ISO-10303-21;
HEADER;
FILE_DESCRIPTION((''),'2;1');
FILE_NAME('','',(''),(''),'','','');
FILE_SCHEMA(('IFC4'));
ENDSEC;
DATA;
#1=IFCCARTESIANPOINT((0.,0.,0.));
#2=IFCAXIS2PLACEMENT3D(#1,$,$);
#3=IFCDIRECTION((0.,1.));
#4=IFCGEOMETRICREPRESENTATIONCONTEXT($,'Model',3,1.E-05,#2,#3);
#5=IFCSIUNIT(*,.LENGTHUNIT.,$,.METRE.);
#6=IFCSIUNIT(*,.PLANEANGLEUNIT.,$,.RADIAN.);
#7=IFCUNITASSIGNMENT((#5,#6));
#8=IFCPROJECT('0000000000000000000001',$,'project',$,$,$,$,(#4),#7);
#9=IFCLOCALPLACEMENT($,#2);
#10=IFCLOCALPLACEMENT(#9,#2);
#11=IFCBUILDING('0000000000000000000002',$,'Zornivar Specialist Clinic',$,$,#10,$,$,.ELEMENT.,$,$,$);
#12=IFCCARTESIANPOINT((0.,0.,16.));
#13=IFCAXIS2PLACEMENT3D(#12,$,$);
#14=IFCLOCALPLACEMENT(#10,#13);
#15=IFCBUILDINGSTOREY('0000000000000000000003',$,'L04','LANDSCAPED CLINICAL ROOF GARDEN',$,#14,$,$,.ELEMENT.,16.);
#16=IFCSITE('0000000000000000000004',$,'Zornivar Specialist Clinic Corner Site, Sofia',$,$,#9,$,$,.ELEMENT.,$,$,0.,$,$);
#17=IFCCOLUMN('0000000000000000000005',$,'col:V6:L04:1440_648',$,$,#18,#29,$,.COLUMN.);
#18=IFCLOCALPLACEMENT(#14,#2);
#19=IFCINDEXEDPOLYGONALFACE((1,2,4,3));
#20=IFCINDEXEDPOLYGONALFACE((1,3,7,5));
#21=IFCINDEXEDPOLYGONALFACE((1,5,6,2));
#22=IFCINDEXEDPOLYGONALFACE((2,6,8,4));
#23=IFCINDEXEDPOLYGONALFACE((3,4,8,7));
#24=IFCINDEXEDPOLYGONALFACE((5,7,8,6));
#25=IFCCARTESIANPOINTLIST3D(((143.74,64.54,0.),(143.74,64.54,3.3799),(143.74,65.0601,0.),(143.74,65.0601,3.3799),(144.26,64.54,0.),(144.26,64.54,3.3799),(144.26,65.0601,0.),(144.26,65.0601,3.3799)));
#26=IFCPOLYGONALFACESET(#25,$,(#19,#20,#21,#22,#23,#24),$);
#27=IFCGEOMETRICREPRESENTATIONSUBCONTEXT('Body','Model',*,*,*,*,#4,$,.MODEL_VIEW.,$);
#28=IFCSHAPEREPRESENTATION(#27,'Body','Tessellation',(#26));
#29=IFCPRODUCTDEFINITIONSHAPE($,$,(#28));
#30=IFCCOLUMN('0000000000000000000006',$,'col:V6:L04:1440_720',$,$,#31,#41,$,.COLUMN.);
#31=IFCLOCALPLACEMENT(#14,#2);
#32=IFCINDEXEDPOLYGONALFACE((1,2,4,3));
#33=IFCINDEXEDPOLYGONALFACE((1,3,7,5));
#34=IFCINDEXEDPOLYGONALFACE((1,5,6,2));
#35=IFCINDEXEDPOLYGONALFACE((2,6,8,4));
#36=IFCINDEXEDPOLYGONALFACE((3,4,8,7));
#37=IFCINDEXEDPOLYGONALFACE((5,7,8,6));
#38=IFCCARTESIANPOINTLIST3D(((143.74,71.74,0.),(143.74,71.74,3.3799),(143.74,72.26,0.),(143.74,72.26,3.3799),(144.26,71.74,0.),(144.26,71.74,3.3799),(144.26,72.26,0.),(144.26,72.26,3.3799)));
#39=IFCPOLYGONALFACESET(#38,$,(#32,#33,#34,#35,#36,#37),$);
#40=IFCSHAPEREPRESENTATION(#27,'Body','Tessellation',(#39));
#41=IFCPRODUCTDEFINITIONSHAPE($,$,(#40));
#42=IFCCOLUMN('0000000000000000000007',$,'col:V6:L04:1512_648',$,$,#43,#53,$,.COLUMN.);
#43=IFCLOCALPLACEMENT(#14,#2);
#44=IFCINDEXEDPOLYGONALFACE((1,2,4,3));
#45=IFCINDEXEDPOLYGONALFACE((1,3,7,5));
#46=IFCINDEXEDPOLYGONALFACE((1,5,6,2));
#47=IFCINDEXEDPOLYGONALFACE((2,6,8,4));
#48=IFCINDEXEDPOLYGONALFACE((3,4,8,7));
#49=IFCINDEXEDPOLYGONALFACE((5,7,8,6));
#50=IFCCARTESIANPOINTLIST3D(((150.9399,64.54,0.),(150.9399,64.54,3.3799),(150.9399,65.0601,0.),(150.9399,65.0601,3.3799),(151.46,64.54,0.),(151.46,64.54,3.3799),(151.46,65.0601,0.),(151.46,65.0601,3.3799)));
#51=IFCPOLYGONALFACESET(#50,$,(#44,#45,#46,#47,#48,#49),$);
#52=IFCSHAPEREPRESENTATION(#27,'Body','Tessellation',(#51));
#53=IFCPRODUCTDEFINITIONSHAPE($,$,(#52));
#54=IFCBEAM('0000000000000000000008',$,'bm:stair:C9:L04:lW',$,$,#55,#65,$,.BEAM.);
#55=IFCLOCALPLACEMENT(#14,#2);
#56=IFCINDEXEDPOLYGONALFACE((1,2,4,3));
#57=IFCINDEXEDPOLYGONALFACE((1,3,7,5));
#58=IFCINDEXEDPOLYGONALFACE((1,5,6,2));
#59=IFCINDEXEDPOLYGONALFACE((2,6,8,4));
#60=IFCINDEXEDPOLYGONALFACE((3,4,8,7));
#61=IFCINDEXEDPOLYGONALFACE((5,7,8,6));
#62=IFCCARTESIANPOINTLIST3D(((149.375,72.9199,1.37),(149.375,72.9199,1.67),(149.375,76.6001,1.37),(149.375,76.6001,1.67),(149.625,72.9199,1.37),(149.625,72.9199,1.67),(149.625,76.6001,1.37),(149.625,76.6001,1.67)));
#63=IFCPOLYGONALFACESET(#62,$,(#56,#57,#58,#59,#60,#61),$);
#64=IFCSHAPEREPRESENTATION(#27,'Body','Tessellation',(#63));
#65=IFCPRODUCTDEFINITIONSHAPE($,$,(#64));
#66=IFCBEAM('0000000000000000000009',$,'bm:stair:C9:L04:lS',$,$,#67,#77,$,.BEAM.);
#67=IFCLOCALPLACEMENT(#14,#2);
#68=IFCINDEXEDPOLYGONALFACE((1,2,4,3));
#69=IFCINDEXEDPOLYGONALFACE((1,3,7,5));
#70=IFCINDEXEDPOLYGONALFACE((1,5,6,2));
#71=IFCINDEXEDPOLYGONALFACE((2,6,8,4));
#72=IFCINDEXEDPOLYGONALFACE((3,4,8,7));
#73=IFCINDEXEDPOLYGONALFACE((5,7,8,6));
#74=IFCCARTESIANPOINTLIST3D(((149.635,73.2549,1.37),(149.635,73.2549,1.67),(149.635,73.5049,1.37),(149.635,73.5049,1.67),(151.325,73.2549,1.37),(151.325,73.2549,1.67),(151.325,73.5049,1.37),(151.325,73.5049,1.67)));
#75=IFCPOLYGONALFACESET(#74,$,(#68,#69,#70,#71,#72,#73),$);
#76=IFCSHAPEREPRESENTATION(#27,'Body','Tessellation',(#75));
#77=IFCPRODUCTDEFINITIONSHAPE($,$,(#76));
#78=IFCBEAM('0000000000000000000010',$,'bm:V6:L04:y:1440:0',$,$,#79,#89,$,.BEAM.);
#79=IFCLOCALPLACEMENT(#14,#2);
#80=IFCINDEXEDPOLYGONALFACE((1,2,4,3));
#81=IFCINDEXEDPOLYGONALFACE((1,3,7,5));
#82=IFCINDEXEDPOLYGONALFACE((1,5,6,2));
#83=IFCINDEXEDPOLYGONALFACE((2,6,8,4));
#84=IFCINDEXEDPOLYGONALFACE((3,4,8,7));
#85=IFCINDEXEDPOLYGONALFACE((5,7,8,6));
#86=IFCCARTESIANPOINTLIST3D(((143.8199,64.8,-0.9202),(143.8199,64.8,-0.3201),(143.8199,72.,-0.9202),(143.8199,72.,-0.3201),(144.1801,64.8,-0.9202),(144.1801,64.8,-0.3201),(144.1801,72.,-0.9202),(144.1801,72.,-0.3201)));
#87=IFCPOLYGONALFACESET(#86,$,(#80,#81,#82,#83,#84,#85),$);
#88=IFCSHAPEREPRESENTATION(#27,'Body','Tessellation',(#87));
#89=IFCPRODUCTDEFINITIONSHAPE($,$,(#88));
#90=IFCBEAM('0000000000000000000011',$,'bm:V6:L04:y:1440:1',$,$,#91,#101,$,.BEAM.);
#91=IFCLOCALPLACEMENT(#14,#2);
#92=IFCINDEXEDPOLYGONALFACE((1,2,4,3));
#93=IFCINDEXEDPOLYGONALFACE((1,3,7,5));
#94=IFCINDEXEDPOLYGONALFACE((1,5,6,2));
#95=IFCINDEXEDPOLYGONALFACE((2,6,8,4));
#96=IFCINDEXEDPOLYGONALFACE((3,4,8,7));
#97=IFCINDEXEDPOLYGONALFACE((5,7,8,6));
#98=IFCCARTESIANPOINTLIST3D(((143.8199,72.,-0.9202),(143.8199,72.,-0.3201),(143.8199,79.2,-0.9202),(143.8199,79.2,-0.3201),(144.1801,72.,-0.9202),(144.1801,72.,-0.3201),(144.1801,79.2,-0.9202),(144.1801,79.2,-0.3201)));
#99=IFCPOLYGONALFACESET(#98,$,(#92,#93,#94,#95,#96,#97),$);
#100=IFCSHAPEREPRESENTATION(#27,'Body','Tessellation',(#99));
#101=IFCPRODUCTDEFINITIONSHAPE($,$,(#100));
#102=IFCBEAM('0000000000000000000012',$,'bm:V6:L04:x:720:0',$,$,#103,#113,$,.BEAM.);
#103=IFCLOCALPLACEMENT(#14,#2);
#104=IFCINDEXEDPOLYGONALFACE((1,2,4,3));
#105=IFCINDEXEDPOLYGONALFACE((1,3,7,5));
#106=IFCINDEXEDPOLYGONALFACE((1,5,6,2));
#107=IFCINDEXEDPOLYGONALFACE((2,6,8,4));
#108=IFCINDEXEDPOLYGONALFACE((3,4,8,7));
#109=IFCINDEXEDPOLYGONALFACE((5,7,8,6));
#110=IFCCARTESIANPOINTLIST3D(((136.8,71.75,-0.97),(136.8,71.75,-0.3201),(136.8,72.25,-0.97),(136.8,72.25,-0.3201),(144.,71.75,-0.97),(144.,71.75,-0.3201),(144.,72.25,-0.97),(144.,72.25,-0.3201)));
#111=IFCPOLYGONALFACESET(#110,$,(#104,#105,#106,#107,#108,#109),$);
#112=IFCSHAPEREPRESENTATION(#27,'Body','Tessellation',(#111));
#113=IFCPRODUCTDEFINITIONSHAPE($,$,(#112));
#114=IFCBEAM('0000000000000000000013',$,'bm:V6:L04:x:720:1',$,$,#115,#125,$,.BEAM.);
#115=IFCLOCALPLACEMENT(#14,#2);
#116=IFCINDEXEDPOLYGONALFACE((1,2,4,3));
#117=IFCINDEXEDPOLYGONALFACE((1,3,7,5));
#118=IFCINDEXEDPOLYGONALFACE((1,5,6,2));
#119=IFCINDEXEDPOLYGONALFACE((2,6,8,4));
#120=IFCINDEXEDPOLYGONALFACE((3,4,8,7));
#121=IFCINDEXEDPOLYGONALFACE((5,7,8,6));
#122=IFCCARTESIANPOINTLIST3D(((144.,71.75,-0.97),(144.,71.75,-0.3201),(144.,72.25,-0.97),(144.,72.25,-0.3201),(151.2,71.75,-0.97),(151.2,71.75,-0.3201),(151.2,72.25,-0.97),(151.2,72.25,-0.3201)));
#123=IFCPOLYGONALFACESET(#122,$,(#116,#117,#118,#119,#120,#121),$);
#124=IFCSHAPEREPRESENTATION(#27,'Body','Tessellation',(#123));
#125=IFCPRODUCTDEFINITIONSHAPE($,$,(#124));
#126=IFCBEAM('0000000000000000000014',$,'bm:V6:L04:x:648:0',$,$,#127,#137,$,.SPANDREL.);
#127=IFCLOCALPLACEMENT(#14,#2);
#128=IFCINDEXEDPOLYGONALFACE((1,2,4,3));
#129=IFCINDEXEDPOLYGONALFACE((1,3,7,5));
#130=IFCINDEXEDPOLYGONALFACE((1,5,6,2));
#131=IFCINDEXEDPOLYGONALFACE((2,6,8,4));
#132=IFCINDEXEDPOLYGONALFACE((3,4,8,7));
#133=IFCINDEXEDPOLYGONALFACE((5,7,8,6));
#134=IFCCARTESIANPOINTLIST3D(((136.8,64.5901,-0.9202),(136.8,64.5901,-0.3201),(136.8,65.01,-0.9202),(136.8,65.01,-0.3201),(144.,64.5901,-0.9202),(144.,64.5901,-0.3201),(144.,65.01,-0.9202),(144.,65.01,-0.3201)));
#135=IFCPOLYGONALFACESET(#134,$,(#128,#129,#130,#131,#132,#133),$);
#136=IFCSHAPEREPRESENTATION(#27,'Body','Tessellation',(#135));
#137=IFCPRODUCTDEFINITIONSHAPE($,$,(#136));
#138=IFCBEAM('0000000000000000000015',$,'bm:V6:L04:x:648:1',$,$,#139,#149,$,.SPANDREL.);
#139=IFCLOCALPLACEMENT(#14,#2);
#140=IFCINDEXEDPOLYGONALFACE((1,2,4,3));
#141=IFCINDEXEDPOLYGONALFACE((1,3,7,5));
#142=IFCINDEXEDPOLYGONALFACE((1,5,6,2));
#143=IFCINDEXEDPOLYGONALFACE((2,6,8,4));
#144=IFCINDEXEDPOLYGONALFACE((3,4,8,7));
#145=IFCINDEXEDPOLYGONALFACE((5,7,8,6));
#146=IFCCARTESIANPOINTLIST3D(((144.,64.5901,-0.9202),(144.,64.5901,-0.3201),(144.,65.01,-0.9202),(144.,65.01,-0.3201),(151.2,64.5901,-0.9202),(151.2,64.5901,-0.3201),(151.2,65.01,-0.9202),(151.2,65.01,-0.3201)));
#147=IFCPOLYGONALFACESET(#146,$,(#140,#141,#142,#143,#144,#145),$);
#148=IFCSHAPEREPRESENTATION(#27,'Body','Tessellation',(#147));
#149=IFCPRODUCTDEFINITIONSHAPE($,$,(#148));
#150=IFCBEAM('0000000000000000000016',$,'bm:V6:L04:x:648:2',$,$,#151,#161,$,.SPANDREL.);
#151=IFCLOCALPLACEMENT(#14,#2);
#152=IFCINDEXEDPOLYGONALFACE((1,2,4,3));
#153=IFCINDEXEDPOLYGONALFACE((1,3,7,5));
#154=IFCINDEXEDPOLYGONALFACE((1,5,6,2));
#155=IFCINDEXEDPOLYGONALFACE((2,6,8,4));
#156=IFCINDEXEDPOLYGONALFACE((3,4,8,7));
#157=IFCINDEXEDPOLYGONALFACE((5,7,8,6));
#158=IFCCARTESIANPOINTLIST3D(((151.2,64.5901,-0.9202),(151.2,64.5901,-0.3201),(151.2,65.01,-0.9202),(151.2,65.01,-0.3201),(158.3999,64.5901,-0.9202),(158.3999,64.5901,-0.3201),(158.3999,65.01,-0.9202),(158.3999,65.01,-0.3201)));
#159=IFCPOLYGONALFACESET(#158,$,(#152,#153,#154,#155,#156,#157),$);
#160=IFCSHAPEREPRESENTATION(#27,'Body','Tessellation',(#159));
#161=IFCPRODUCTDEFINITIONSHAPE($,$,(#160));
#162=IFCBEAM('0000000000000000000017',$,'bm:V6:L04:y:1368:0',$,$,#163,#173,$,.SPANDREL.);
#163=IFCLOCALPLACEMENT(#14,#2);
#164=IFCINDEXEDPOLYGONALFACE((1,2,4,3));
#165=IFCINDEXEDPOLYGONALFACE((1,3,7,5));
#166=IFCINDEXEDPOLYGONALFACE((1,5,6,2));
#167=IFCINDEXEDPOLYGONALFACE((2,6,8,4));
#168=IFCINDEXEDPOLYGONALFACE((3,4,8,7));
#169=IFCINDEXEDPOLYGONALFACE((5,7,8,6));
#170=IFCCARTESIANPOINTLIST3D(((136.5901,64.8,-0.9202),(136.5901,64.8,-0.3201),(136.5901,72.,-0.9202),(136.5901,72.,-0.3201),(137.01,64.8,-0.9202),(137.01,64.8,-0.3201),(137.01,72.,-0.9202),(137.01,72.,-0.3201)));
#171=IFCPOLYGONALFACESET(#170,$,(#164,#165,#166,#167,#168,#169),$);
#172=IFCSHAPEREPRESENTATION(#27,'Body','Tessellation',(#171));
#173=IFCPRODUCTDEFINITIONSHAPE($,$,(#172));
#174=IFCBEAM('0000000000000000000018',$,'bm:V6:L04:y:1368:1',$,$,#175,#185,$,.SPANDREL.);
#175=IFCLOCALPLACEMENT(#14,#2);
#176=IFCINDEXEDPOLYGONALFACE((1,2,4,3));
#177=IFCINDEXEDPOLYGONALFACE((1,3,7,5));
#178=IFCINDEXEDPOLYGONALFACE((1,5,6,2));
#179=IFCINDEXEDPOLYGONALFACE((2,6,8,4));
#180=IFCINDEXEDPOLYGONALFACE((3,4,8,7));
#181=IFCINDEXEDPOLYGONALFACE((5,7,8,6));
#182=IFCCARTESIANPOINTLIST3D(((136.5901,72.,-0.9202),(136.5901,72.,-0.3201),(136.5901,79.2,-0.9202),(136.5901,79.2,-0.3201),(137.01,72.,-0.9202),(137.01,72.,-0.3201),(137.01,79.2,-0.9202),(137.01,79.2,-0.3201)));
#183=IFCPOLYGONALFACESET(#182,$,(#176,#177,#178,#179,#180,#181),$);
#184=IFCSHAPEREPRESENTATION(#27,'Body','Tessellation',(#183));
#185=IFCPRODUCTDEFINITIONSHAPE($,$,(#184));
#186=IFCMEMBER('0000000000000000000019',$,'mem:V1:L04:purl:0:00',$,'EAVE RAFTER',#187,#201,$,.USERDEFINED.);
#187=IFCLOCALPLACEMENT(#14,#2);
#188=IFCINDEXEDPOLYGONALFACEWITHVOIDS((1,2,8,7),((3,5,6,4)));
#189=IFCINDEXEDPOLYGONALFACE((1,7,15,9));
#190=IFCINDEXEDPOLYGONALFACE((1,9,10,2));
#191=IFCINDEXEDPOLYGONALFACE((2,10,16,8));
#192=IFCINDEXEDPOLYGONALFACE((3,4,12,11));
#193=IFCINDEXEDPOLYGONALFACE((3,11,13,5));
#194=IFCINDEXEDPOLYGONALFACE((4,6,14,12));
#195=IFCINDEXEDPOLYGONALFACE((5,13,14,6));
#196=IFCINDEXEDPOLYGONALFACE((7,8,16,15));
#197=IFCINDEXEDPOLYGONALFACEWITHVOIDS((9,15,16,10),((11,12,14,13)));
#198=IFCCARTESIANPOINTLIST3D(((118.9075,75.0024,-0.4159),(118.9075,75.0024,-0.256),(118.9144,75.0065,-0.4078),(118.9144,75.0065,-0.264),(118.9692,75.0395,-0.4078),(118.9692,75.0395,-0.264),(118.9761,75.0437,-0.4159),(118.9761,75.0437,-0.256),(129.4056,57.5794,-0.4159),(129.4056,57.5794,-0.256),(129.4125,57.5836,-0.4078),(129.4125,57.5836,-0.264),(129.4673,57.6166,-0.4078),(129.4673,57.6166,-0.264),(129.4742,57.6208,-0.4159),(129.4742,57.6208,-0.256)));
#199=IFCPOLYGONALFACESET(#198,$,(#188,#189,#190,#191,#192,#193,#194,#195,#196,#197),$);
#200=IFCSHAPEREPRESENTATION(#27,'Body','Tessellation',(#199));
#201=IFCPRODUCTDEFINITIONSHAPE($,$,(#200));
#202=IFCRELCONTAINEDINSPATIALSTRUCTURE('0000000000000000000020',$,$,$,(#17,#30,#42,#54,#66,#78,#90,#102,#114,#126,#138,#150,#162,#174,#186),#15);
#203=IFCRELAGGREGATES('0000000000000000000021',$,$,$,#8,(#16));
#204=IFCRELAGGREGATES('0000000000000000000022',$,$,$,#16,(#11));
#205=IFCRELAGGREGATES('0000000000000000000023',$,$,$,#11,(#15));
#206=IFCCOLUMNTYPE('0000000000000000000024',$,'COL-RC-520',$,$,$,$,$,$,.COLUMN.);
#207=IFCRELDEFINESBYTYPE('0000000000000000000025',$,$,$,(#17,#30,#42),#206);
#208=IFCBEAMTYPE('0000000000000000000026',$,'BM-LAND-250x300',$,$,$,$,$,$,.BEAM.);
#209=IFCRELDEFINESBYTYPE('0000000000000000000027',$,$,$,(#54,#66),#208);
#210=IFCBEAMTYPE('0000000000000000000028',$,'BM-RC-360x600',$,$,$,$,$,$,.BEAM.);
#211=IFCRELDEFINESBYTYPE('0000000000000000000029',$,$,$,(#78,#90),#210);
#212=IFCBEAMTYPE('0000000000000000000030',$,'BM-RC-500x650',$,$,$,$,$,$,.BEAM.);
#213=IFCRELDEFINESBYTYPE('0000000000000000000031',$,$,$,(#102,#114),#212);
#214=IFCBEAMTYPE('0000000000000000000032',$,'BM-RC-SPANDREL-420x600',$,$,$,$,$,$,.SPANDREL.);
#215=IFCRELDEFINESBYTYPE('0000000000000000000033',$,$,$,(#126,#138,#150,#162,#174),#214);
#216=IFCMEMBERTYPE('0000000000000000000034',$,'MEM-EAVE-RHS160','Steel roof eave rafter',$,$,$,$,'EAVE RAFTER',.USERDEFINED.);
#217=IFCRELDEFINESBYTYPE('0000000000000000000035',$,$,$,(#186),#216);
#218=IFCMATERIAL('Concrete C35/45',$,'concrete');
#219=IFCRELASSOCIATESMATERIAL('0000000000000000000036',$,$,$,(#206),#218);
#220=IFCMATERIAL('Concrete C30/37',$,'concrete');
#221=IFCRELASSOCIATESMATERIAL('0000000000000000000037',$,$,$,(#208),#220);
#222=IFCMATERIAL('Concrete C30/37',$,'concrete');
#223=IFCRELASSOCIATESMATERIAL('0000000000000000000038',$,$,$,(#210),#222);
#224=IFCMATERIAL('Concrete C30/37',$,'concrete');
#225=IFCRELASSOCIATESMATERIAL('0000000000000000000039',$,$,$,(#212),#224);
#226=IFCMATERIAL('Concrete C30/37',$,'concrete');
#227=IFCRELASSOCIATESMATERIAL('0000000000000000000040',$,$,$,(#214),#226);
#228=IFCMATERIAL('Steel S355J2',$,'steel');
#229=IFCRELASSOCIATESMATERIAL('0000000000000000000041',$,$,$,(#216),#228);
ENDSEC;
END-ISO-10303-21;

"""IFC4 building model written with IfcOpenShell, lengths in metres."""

from ifc_helpers import new_model, si_unit, direction, frame, origin, origin_2d, place, context, subcontext, project, spatial, rectangle, hollow_rectangle, extrude, material, material_profile, profile_set, type_object, element, save


model = new_model("IFC4")

# Units and contexts
model_context = context("Model", 3, precision=1e-05, world=origin(), true_north=direction((0.0, 1.0)))
body_context = subcontext(model_context, "Body", "Model", "MODEL_VIEW")
ifc_project = project(units=[si_unit("LENGTHUNIT", "METRE"), si_unit("PLANEANGLEUNIT", "RADIAN")], contexts=[model_context])

# Site, building, storey
site_placement = place(None, origin())
site = spatial("IfcSite", under=ifc_project, at=site_placement, Name="Zornivar Specialist Clinic Corner Site, Sofia", CompositionType="ELEMENT", RefElevation=0.0)
building_placement = place(site_placement, origin())
building = spatial("IfcBuilding", under=site, at=building_placement, Name="Zornivar Specialist Clinic", CompositionType="ELEMENT")
storey_placement = place(building_placement, frame((0.0, 0.0, 16.0)))
storey = spatial("IfcBuildingStorey", under=building, at=storey_placement, Name="L04", Description="LANDSCAPED CLINICAL ROOF GARDEN", CompositionType="ELEMENT", Elevation=16.0)

# Columns
ifc_material_1 = material(Name="Concrete C35/45", Category="concrete")
ifc_material_profile_1 = material_profile(ifc_material_1, rectangle(XDim=0.52, YDim=0.52, at=origin_2d()), Name="RC 520x520")
ifc_profile_set_1 = profile_set([ifc_material_profile_1], Name="Concrete C35/45")
column_type = type_object("IfcColumnType", Name="COL-RC-520", PredefinedType="COLUMN", material=ifc_profile_set_1)
for number, where, z_axis, x_axis, name in (
    (1, (144.0, 64.8, 0.0), (0.0, 0.0, 1.0), (1.0, 0.0, 0.0), "col:V6:L04:1440_648"),
    (2, (144.0, 72.0, 0.0), (0.0, 0.0, 1.0), (1.0, 0.0, 0.0), "col:V6:L04:1440_720"),
    (3, (151.2, 64.8, 0.0), (0.0, 0.0, 1.0), (1.0, 0.0, 0.0), "col:V6:L04:1512_648"),
):
    element("IfcColumn", number, at=place(storey_placement, frame(where, z_axis=z_axis, x_axis=x_axis)), inside=storey, type_object=column_type, Name=name, PredefinedType="COLUMN", context=body_context, shape_type="SweptSolid", body=[
        extrude(rectangle(XDim=0.52, YDim=0.52, at=origin_2d()), origin(), (0.0, 0.0, 1.0), 3.3799),
    ])

# Beams
ifc_material_2 = material(Name="Concrete C30/37", Category="concrete")
ifc_material_profile_2 = material_profile(ifc_material_2, rectangle(XDim=0.25, YDim=0.3, at=origin_2d()), Name="RC 250x300")
ifc_profile_set_2 = profile_set([ifc_material_profile_2], Name="Concrete C30/37")
beam_type_1 = type_object("IfcBeamType", Name="BM-LAND-250x300", PredefinedType="BEAM", material=ifc_profile_set_2)
beam_1_placement = place(storey_placement, frame((149.5, 72.9199, 1.52), z_axis=(0.0, 1.0, 0.0), x_axis=(-1.0, 0.0, 0.0)))
element("IfcBeam", 4, at=beam_1_placement, inside=storey, type_object=beam_type_1, Name="bm:stair:C9:L04:lW", PredefinedType="BEAM", context=body_context, shape_type="SweptSolid", body=[
    extrude(rectangle(XDim=0.25, YDim=0.3, at=origin_2d()), origin(), (0.0, 0.0, 1.0), 3.6802),
])
beam_2_placement = place(storey_placement, frame((149.635, 73.3799, 1.52), z_axis=(1.0, 0.0, 0.0), x_axis=(0.0, 1.0, 0.0)))
element("IfcBeam", 5, at=beam_2_placement, inside=storey, type_object=beam_type_1, Name="bm:stair:C9:L04:lS", PredefinedType="BEAM", context=body_context, shape_type="SweptSolid", body=[
    extrude(rectangle(XDim=0.25, YDim=0.3, at=origin_2d()), origin(), (0.0, 0.0, 1.0), 1.6899),
])
ifc_material_3 = material(Name="Concrete C30/37", Category="concrete")
ifc_material_profile_3 = material_profile(ifc_material_3, rectangle(XDim=0.3601, YDim=0.6001, at=origin_2d()), Name="RC 360x600")
ifc_profile_set_3 = profile_set([ifc_material_profile_3], Name="Concrete C30/37")
beam_type_2 = type_object("IfcBeamType", Name="BM-RC-360x600", PredefinedType="BEAM", material=ifc_profile_set_3)
for number, where, z_axis, x_axis, name in (
    (6, (144.0, 64.8, -0.6201), (0.0, 1.0, 0.0), (-1.0, 0.0, 0.0), "bm:V6:L04:y:1440:0"),
    (7, (144.0, 72.0, -0.6201), (0.0, 1.0, 0.0), (-1.0, 0.0, 0.0), "bm:V6:L04:y:1440:1"),
):
    element("IfcBeam", number, at=place(storey_placement, frame(where, z_axis=z_axis, x_axis=x_axis)), inside=storey, type_object=beam_type_2, Name=name, PredefinedType="BEAM", context=body_context, shape_type="SweptSolid", body=[
        extrude(rectangle(XDim=0.3601, YDim=0.6001, at=origin_2d()), origin(), (0.0, 0.0, 1.0), 7.2),
    ])
ifc_material_4 = material(Name="Concrete C30/37", Category="concrete")
ifc_material_profile_4 = material_profile(ifc_material_4, rectangle(XDim=0.5, YDim=0.6499, at=origin_2d()), Name="RC 500x650")
ifc_profile_set_4 = profile_set([ifc_material_profile_4], Name="Concrete C30/37")
beam_type_3 = type_object("IfcBeamType", Name="BM-RC-500x650", PredefinedType="BEAM", material=ifc_profile_set_4)
for number, where, z_axis, x_axis, name in (
    (8, (136.8, 72.0, -0.645), (1.0, 0.0, 0.0), (0.0, 1.0, 0.0), "bm:V6:L04:x:720:0"),
    (9, (144.0, 72.0, -0.645), (1.0, 0.0, 0.0), (0.0, 1.0, 0.0), "bm:V6:L04:x:720:1"),
):
    element("IfcBeam", number, at=place(storey_placement, frame(where, z_axis=z_axis, x_axis=x_axis)), inside=storey, type_object=beam_type_3, Name=name, PredefinedType="BEAM", context=body_context, shape_type="SweptSolid", body=[
        extrude(rectangle(XDim=0.5, YDim=0.6499, at=origin_2d()), origin(), (0.0, 0.0, 1.0), 7.2),
    ])
ifc_material_5 = material(Name="Concrete C30/37", Category="concrete")
ifc_material_profile_5 = material_profile(ifc_material_5, rectangle(XDim=0.4199, YDim=0.6001, at=origin_2d()), Name="RC 420x600")
ifc_profile_set_5 = profile_set([ifc_material_profile_5], Name="Concrete C30/37")
beam_type_4 = type_object("IfcBeamType", Name="BM-RC-SPANDREL-420x600", PredefinedType="SPANDREL", material=ifc_profile_set_5)
for number, where, z_axis, x_axis, name in (
    (10, (136.8, 64.8, -0.6201), (1.0, 0.0, 0.0), (0.0, 1.0, 0.0), "bm:V6:L04:x:648:0"),
    (11, (144.0, 64.8, -0.6201), (1.0, 0.0, 0.0), (0.0, 1.0, 0.0), "bm:V6:L04:x:648:1"),
    (12, (151.2, 64.8, -0.6201), (1.0, 0.0, 0.0), (0.0, 1.0, 0.0), "bm:V6:L04:x:648:2"),
    (13, (136.8, 64.8, -0.6201), (0.0, 1.0, 0.0), (-1.0, 0.0, 0.0), "bm:V6:L04:y:1368:0"),
    (14, (136.8, 72.0, -0.6201), (0.0, 1.0, 0.0), (-1.0, 0.0, 0.0), "bm:V6:L04:y:1368:1"),
):
    element("IfcBeam", number, at=place(storey_placement, frame(where, z_axis=z_axis, x_axis=x_axis)), inside=storey, type_object=beam_type_4, Name=name, PredefinedType="SPANDREL", context=body_context, shape_type="SweptSolid", body=[
        extrude(rectangle(XDim=0.4199, YDim=0.6001, at=origin_2d()), origin(), (0.0, 0.0, 1.0), 7.2),
    ])

# Member
ifc_material_6 = material(Name="Steel S355J2", Category="steel")
ifc_material_profile_6 = material_profile(ifc_material_6, hollow_rectangle(XDim=0.0801, YDim=0.1599, WallThickness=0.0081, at=origin_2d()), Name="RHS 160x80x8")
ifc_profile_set_6 = profile_set([ifc_material_profile_6], Name="Steel S355J2")
member_type_1 = type_object("IfcMemberType", Name="MEM-EAVE-RHS160", Description="Steel roof eave rafter", ElementType="EAVE RAFTER", PredefinedType="USERDEFINED", material=ifc_profile_set_6)
member_1_placement = place(storey_placement, frame((129.4399, 57.6001, -0.3359), z_axis=(-0.516098, 0.85653, 0.0), x_axis=(-0.85653, -0.516098, 0.0)))
element("IfcMember", 15, at=member_1_placement, inside=storey, type_object=member_type_1, Name="mem:V1:L04:purl:0:00", ObjectType="EAVE RAFTER", PredefinedType="USERDEFINED", context=body_context, shape_type="SweptSolid", body=[
    extrude(hollow_rectangle(XDim=0.0801, YDim=0.1599, WallThickness=0.0081, at=origin_2d()), origin(), (0.0, 0.0, 1.0), 20.3413),
])

save(model, "model.ifc")
